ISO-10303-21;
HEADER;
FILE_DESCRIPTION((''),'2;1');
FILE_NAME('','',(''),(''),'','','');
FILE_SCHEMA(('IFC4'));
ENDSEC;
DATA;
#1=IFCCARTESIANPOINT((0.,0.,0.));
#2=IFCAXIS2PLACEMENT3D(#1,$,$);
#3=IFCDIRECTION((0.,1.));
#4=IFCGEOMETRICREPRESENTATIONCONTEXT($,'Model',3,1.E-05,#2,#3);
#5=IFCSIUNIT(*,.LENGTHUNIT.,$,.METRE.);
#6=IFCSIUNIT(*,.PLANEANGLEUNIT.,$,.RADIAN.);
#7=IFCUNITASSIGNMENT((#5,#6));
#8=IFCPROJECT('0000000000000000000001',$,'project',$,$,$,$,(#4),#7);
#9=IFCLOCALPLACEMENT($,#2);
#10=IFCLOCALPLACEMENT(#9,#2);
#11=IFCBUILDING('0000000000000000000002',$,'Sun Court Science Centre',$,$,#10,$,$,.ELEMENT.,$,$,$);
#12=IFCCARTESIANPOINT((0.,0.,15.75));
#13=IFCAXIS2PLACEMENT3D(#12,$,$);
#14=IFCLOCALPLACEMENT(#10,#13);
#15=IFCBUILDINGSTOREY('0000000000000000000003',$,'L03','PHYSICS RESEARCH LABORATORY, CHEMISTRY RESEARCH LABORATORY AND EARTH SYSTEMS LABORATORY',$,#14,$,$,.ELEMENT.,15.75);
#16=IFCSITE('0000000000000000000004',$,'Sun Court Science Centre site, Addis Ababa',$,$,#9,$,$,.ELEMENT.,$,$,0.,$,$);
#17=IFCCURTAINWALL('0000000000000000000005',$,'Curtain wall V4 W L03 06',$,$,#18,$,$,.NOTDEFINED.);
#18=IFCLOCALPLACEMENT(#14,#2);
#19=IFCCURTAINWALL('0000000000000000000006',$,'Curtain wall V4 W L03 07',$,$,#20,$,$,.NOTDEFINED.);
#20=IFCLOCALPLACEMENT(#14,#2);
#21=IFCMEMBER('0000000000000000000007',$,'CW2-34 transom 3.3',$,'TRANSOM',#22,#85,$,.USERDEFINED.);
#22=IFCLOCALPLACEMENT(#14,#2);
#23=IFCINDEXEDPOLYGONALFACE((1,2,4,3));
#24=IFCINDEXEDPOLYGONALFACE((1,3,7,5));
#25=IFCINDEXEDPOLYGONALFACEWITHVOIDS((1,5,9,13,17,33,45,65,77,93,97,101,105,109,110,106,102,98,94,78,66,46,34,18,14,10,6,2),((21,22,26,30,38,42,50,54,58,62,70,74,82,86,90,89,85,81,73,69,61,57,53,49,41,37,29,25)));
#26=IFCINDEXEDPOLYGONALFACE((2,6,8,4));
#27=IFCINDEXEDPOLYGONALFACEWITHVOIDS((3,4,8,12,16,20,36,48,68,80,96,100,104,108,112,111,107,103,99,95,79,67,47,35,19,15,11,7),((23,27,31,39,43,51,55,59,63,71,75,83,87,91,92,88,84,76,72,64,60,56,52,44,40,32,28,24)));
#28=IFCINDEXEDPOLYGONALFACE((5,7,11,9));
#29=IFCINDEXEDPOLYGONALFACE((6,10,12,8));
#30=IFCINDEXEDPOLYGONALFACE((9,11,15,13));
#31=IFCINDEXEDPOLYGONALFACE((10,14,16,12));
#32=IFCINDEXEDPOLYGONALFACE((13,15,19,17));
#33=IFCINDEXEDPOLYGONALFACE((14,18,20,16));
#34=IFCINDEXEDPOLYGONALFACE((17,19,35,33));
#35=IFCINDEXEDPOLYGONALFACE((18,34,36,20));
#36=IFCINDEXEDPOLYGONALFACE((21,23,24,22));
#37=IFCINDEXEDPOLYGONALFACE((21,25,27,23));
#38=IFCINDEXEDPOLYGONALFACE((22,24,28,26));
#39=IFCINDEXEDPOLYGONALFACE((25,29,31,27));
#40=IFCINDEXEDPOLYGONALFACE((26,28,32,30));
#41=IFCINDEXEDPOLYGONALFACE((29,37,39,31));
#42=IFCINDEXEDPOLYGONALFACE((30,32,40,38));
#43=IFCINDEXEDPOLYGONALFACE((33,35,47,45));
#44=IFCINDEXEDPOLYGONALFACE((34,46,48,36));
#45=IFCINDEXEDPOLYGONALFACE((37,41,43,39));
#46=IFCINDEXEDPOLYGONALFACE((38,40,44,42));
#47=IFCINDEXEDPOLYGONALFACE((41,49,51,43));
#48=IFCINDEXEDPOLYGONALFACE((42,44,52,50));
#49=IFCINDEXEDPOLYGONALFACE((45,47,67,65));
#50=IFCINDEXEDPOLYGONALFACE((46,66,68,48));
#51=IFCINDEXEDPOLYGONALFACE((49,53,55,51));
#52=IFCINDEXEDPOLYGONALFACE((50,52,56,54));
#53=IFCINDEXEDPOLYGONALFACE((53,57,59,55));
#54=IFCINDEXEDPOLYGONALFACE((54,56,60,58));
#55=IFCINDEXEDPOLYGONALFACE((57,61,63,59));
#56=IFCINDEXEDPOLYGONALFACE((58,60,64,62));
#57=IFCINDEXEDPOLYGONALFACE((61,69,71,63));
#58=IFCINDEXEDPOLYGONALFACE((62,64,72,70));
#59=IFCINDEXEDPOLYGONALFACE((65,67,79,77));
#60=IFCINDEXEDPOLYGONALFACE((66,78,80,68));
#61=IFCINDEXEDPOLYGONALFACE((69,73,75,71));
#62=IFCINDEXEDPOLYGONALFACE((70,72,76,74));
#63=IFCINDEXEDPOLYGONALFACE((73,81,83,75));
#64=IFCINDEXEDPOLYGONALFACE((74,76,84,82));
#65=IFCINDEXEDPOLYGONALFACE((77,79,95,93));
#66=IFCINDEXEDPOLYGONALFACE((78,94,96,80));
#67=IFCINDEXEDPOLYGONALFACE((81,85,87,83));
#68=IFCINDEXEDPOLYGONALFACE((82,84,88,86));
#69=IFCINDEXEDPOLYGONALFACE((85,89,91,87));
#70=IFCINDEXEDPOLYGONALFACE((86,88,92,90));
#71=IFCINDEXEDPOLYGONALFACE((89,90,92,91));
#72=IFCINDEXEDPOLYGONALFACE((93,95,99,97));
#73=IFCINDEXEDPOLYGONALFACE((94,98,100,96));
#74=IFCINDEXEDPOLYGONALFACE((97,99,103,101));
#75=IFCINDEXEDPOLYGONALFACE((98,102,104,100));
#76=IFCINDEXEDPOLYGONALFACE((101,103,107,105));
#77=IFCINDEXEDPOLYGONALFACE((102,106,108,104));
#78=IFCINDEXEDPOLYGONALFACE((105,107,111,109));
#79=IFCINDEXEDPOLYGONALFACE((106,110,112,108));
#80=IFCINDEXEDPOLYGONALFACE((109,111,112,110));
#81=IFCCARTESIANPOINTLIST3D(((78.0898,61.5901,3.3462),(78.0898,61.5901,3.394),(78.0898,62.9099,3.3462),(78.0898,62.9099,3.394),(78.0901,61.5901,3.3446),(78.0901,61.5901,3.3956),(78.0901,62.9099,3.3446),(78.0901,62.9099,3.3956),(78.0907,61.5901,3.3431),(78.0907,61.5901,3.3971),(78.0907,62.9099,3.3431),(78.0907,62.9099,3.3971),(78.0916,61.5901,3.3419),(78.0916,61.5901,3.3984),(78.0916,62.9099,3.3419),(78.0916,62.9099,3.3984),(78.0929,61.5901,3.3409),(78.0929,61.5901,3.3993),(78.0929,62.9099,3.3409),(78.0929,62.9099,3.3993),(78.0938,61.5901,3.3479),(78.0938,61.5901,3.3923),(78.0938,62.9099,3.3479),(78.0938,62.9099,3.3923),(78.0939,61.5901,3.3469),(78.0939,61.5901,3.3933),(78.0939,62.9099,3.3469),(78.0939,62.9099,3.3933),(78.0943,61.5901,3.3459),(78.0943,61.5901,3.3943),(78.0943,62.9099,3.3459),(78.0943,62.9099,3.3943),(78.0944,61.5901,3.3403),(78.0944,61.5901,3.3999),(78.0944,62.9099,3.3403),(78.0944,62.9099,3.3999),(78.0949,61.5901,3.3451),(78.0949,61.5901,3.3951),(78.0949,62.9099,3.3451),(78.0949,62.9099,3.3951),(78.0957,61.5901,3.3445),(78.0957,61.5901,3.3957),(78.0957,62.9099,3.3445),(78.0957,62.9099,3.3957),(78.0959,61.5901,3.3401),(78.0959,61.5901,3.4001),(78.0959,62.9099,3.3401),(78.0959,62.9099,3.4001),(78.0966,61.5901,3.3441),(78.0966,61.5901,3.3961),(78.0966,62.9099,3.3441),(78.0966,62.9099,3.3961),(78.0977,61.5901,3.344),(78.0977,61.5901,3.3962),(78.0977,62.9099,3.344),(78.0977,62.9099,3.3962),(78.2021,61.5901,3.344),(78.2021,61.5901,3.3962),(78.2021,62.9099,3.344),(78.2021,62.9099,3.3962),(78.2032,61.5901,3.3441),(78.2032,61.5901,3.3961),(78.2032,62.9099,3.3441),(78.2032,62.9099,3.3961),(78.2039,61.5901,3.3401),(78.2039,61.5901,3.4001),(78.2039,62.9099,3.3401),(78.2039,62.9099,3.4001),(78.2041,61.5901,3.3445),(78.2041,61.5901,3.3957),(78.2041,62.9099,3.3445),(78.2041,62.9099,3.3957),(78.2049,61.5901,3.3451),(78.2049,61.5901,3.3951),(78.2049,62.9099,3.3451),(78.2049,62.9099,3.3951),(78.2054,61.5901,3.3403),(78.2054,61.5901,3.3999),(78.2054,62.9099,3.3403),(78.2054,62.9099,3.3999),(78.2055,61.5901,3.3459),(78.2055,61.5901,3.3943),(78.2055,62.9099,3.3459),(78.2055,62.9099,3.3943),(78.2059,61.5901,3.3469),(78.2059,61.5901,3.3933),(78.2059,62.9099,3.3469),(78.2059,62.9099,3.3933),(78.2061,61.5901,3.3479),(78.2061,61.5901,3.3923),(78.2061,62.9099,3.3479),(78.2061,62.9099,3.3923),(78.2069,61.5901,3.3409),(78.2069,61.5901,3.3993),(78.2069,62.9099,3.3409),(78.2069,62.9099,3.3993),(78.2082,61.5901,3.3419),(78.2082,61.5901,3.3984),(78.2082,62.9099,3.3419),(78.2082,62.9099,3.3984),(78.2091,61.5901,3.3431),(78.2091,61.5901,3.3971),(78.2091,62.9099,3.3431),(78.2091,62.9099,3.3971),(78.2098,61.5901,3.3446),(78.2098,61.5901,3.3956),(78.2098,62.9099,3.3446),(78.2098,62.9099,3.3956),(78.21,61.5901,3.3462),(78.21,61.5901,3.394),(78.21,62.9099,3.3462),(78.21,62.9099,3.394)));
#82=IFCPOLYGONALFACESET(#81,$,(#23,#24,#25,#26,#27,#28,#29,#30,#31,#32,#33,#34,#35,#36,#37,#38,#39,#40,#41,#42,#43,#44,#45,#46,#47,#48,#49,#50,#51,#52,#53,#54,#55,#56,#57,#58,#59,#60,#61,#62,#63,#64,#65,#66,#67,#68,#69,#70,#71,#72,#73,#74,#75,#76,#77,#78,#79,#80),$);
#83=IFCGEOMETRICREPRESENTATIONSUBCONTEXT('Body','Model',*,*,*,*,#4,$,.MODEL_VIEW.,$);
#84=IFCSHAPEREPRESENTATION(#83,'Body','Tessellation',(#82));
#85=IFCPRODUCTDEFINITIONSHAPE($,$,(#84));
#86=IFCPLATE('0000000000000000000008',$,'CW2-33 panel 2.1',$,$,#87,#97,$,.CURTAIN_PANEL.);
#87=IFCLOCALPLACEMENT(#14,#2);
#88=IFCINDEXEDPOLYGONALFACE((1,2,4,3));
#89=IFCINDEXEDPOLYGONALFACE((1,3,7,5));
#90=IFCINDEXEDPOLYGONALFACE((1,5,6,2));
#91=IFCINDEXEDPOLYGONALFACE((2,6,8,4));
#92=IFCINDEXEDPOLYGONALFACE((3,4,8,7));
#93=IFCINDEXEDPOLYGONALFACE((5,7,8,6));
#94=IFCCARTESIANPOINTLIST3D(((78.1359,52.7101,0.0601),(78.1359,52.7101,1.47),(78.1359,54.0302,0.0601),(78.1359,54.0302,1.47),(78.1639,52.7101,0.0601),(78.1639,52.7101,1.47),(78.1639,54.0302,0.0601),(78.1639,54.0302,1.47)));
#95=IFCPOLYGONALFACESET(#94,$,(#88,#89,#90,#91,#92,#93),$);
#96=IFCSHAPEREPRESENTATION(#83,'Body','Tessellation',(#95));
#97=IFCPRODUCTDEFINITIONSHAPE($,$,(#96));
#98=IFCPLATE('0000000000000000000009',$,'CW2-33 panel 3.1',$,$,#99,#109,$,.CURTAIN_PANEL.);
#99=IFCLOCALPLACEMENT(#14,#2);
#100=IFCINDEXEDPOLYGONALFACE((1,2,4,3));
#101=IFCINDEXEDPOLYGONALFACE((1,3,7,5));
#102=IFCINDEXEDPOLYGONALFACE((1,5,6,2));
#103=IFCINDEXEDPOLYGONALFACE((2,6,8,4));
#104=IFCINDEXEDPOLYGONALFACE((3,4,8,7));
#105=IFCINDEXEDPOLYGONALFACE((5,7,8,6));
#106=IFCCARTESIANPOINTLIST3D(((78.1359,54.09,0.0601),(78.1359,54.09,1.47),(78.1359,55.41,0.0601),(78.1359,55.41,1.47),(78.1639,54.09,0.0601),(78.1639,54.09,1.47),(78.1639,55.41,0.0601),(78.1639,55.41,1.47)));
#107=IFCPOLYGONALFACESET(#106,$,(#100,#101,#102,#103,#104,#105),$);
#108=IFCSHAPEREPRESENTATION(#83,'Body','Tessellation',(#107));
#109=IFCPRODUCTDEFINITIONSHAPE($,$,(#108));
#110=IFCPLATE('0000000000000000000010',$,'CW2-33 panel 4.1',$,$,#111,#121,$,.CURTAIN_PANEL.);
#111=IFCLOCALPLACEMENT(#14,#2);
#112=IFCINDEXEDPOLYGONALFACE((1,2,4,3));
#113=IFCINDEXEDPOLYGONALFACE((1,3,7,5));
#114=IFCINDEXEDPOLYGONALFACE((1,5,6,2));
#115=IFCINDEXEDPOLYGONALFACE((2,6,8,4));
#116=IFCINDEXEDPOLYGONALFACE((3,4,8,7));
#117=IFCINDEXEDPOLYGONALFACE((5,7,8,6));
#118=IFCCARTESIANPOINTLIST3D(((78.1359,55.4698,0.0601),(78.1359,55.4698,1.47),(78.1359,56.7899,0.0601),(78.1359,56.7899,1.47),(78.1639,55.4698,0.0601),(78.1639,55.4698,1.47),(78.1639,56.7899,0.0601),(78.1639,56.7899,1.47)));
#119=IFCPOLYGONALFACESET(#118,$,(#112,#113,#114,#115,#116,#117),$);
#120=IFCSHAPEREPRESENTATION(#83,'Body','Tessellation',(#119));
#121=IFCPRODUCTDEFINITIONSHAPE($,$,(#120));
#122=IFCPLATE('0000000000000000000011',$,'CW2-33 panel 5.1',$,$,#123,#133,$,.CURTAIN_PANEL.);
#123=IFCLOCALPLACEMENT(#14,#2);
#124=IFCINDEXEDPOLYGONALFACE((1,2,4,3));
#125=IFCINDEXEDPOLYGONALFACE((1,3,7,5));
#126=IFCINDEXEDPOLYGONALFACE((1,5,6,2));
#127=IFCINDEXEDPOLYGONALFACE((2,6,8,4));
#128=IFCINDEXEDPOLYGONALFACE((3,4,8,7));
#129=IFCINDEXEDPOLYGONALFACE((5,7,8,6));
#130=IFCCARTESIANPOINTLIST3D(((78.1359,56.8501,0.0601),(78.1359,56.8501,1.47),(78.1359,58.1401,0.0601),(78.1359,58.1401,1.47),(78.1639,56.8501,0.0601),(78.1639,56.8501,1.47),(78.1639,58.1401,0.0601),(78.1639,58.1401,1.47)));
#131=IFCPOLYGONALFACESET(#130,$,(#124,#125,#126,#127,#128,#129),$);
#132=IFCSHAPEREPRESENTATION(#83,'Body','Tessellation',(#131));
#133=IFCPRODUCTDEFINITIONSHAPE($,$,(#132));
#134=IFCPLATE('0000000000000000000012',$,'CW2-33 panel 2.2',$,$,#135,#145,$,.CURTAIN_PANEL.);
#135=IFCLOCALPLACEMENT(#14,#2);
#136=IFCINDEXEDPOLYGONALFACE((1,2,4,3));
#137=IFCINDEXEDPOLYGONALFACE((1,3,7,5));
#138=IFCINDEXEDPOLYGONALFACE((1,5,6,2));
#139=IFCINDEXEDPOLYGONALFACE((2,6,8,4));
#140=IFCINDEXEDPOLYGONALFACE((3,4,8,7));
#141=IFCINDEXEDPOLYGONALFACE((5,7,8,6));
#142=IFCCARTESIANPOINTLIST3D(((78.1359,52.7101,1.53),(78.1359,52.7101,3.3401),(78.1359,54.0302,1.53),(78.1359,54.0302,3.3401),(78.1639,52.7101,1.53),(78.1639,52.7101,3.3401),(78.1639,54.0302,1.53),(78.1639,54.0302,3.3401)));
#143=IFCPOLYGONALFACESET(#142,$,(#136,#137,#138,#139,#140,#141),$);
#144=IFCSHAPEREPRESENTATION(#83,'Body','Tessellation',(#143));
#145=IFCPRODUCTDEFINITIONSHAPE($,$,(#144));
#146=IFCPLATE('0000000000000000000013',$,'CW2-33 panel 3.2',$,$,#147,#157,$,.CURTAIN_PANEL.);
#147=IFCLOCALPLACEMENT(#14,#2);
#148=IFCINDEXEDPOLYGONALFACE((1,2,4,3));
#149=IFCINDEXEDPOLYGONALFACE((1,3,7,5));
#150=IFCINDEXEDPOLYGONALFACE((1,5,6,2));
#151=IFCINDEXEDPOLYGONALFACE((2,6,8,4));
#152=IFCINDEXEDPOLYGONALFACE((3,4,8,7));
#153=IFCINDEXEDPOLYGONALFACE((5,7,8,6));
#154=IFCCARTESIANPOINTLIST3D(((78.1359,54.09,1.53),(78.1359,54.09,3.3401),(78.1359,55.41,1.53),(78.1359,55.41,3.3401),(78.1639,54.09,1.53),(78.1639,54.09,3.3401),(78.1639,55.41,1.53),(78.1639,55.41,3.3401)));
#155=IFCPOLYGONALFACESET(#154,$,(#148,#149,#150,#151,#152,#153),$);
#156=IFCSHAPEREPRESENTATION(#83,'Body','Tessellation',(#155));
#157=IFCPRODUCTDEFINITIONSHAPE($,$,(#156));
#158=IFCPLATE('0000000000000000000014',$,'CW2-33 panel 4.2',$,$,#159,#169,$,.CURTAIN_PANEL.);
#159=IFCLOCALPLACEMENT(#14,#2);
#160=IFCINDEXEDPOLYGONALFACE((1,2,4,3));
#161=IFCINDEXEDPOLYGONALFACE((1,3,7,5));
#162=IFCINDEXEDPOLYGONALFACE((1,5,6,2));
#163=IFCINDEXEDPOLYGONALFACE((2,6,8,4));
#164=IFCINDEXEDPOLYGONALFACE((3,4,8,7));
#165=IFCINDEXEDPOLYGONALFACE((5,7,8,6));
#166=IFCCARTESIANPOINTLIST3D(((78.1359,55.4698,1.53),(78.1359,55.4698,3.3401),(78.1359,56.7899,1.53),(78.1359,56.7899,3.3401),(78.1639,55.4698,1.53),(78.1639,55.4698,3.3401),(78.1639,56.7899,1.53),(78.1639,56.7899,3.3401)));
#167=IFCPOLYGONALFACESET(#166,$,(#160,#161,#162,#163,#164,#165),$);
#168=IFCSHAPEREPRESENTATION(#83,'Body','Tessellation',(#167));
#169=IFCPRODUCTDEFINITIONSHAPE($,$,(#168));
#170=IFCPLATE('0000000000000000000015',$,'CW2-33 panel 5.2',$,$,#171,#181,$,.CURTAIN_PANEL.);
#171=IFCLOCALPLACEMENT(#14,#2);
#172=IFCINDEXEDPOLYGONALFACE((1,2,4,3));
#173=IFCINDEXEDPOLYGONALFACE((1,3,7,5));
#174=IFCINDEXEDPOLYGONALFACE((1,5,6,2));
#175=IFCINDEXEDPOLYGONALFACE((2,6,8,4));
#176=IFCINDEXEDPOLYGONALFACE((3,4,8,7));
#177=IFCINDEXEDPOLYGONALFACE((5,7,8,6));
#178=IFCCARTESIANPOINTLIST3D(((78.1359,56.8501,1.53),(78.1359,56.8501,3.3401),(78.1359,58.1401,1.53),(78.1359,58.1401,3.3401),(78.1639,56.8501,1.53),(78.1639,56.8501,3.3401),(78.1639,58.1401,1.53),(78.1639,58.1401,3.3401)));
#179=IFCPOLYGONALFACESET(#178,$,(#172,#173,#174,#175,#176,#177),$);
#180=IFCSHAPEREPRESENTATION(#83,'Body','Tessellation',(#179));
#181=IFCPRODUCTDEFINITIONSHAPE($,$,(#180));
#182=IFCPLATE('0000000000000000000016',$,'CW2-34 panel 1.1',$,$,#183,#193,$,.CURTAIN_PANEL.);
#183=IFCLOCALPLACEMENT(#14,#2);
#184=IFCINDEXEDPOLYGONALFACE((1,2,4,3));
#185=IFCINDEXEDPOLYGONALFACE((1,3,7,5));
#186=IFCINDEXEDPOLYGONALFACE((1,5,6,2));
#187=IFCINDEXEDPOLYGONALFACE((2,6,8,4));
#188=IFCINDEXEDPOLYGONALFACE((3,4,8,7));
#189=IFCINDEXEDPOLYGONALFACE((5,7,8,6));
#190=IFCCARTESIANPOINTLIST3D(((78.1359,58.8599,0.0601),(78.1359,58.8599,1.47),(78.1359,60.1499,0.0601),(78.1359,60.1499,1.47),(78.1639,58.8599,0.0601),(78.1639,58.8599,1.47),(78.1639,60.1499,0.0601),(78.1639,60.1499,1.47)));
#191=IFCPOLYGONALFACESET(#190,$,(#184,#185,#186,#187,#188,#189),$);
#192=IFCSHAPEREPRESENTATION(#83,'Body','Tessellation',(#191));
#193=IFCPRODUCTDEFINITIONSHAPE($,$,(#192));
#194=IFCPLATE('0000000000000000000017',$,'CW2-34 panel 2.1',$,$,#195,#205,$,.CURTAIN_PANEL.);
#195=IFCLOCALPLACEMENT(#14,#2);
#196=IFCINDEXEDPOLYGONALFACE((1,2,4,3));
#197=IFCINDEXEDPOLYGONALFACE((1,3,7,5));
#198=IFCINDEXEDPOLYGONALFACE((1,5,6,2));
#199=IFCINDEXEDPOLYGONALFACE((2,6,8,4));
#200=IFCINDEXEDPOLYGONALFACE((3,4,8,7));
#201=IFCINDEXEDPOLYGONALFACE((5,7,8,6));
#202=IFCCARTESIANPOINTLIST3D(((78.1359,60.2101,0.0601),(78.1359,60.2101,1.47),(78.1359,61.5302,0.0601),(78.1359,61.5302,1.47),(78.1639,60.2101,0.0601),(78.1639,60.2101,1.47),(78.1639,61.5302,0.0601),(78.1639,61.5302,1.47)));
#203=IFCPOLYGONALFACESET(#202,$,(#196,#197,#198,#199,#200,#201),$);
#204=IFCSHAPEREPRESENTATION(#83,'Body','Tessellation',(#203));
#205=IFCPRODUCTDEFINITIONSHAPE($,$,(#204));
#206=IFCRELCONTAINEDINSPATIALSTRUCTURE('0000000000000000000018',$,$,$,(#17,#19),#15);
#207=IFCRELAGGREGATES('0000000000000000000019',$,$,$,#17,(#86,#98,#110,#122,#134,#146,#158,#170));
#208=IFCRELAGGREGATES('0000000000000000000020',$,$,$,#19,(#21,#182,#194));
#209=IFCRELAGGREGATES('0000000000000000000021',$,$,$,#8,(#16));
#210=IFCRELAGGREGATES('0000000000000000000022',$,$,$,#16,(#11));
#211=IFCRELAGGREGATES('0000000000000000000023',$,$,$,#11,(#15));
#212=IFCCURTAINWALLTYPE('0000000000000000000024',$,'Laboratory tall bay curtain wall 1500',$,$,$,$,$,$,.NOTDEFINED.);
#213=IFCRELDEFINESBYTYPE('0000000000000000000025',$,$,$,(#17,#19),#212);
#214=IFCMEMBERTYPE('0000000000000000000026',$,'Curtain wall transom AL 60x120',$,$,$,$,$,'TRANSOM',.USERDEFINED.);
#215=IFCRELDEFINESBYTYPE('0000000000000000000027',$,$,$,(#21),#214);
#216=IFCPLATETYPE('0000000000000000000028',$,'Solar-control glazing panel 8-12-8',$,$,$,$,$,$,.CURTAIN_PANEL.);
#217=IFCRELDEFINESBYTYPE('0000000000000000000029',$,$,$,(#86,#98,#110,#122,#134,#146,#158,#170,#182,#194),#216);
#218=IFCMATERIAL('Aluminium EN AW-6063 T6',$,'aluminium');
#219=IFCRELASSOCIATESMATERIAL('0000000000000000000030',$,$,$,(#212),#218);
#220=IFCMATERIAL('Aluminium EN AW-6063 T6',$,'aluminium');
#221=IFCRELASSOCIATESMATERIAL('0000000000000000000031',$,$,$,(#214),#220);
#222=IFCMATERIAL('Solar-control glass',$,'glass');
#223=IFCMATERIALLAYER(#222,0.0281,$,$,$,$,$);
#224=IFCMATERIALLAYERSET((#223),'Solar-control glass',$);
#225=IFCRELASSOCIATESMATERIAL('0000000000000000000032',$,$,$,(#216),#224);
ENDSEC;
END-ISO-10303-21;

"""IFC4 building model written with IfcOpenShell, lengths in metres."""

from ifc_helpers import new_model, si_unit, direction, frame, origin, origin_2d, place, context, subcontext, project, spatial, rectangle, hollow_rectangle, extrude, material, layer, layer_set, material_profile, profile_set, type_object, element, aggregate, save


model = new_model("IFC4")

# Units and contexts
model_context = context("Model", 3, precision=1e-05, world=origin(), true_north=direction((0.0, 1.0)))
body_context = subcontext(model_context, "Body", "Model", "MODEL_VIEW")
ifc_project = project(units=[si_unit("LENGTHUNIT", "METRE"), si_unit("PLANEANGLEUNIT", "RADIAN")], contexts=[model_context])

# Site, building, storey
site_placement = place(None, origin())
site = spatial("IfcSite", under=ifc_project, at=site_placement, Name="Sun Court Science Centre site, Addis Ababa", CompositionType="ELEMENT", RefElevation=0.0)
building_placement = place(site_placement, origin())
building = spatial("IfcBuilding", under=site, at=building_placement, Name="Sun Court Science Centre", CompositionType="ELEMENT")
storey_placement = place(building_placement, frame((0.0, 0.0, 15.75)))
storey = spatial("IfcBuildingStorey", under=building, at=storey_placement, Name="L03", Description="PHYSICS RESEARCH LABORATORY, CHEMISTRY RESEARCH LABORATORY AND EARTH SYSTEMS LABORATORY", CompositionType="ELEMENT", Elevation=15.75)

# Curtain walls
ifc_material_1 = material(Name="Aluminium EN AW-6063 T6", Category="aluminium")
curtain_wall_type = type_object("IfcCurtainWallType", Name="Laboratory tall bay curtain wall 1500", PredefinedType="NOTDEFINED", material=ifc_material_1)
curtain_wall_1_placement = place(storey_placement, origin())
curtain_wall_1 = element("IfcCurtainWall", 1, at=curtain_wall_1_placement, inside=storey, type_object=curtain_wall_type, Name="Curtain wall V4 W L03 06", PredefinedType="NOTDEFINED")
curtain_wall_2_placement = place(storey_placement, origin())
curtain_wall_2 = element("IfcCurtainWall", 2, at=curtain_wall_2_placement, inside=storey, type_object=curtain_wall_type, Name="Curtain wall V4 W L03 07", PredefinedType="NOTDEFINED")

# Member
ifc_material_2 = material(Name="Aluminium EN AW-6063 T6", Category="aluminium")
ifc_material_profile_1 = material_profile(ifc_material_2, hollow_rectangle(XDim=0.0601, YDim=0.1201, WallThickness=0.0039, InnerFilletRadius=0.0039, OuterFilletRadius=0.0061, at=origin_2d()), Name="AL 60x120x4")
ifc_profile_set_1 = profile_set([ifc_material_profile_1], Name="Aluminium EN AW-6063 T6")
member_type_1 = type_object("IfcMemberType", Name="Curtain wall transom AL 60x120", ElementType="TRANSOM", PredefinedType="USERDEFINED", material=ifc_profile_set_1)
member_1_placement = place(storey_placement, frame((78.1499, 61.5901, 3.3701), z_axis=(0.0, 1.0, 0.0), x_axis=(0.0, 0.0, 1.0)))
member_1 = element("IfcMember", 3, at=member_1_placement, type_object=member_type_1, Name="CW2-34 transom 3.3", ObjectType="TRANSOM", PredefinedType="USERDEFINED", context=body_context, shape_type="SweptSolid", body=[
    extrude(hollow_rectangle(XDim=0.0601, YDim=0.1201, WallThickness=0.0039, InnerFilletRadius=0.0039, OuterFilletRadius=0.0061, at=origin_2d()), origin(), (0.0, 0.0, 1.0), 1.3198),
])

# Plates
ifc_material_3 = material(Name="Solar-control glass", Category="glass")
ifc_layer = layer(ifc_material_3, 0.0281)
ifc_layer_set = layer_set([ifc_layer], Name="Solar-control glass")
plate_type = type_object("IfcPlateType", Name="Solar-control glazing panel 8-12-8", PredefinedType="CURTAIN_PANEL", material=ifc_layer_set)
plate_1_placement = place(storey_placement, frame((78.1499, 53.3701, 0.0601), z_axis=(0.0, 0.0, 1.0), x_axis=(0.0, 1.0, 0.0)))
plate_1 = element("IfcPlate", 4, at=plate_1_placement, type_object=plate_type, Name="CW2-33 panel 2.1", PredefinedType="CURTAIN_PANEL", context=body_context, shape_type="SweptSolid", body=[
    extrude(rectangle(XDim=1.3201, YDim=0.0281, at=origin_2d()), origin(), (0.0, 0.0, 1.0), 1.4099),
])
plate_2_placement = place(storey_placement, frame((78.1499, 54.75, 0.0601), z_axis=(0.0, 0.0, 1.0), x_axis=(0.0, 1.0, 0.0)))
plate_2 = element("IfcPlate", 5, at=plate_2_placement, type_object=plate_type, Name="CW2-33 panel 3.1", PredefinedType="CURTAIN_PANEL", context=body_context, shape_type="SweptSolid", body=[
    extrude(rectangle(XDim=1.3201, YDim=0.0281, at=origin_2d()), origin(), (0.0, 0.0, 1.0), 1.4099),
])
plate_3_placement = place(storey_placement, frame((78.1499, 56.1299, 0.0601), z_axis=(0.0, 0.0, 1.0), x_axis=(0.0, 1.0, 0.0)))
plate_3 = element("IfcPlate", 6, at=plate_3_placement, type_object=plate_type, Name="CW2-33 panel 4.1", PredefinedType="CURTAIN_PANEL", context=body_context, shape_type="SweptSolid", body=[
    extrude(rectangle(XDim=1.3201, YDim=0.0281, at=origin_2d()), origin(), (0.0, 0.0, 1.0), 1.4099),
])
plate_4_placement = place(storey_placement, frame((78.1499, 57.4951, 0.0601), z_axis=(0.0, 0.0, 1.0), x_axis=(0.0, 1.0, 0.0)))
plate_4 = element("IfcPlate", 7, at=plate_4_placement, type_object=plate_type, Name="CW2-33 panel 5.1", PredefinedType="CURTAIN_PANEL", context=body_context, shape_type="SweptSolid", body=[
    extrude(rectangle(XDim=1.29, YDim=0.0281, at=origin_2d()), origin(), (0.0, 0.0, 1.0), 1.4099),
])
plate_5_placement = place(storey_placement, frame((78.1499, 53.3701, 1.53), z_axis=(0.0, 0.0, 1.0), x_axis=(0.0, 1.0, 0.0)))
plate_5 = element("IfcPlate", 8, at=plate_5_placement, type_object=plate_type, Name="CW2-33 panel 2.2", PredefinedType="CURTAIN_PANEL", context=body_context, shape_type="SweptSolid", body=[
    extrude(rectangle(XDim=1.3201, YDim=0.0281, at=origin_2d()), origin(), (0.0, 0.0, 1.0), 1.8101),
])
plate_6_placement = place(storey_placement, frame((78.1499, 54.75, 1.53), z_axis=(0.0, 0.0, 1.0), x_axis=(0.0, 1.0, 0.0)))
plate_6 = element("IfcPlate", 9, at=plate_6_placement, type_object=plate_type, Name="CW2-33 panel 3.2", PredefinedType="CURTAIN_PANEL", context=body_context, shape_type="SweptSolid", body=[
    extrude(rectangle(XDim=1.3201, YDim=0.0281, at=origin_2d()), origin(), (0.0, 0.0, 1.0), 1.8101),
])
plate_7_placement = place(storey_placement, frame((78.1499, 56.1299, 1.53), z_axis=(0.0, 0.0, 1.0), x_axis=(0.0, 1.0, 0.0)))
plate_7 = element("IfcPlate", 10, at=plate_7_placement, type_object=plate_type, Name="CW2-33 panel 4.2", PredefinedType="CURTAIN_PANEL", context=body_context, shape_type="SweptSolid", body=[
    extrude(rectangle(XDim=1.3201, YDim=0.0281, at=origin_2d()), origin(), (0.0, 0.0, 1.0), 1.8101),
])
plate_8_placement = place(storey_placement, frame((78.1499, 57.4951, 1.53), z_axis=(0.0, 0.0, 1.0), x_axis=(0.0, 1.0, 0.0)))
plate_8 = element("IfcPlate", 11, at=plate_8_placement, type_object=plate_type, Name="CW2-33 panel 5.2", PredefinedType="CURTAIN_PANEL", context=body_context, shape_type="SweptSolid", body=[
    extrude(rectangle(XDim=1.29, YDim=0.0281, at=origin_2d()), origin(), (0.0, 0.0, 1.0), 1.8101),
])
aggregate(curtain_wall_1, [plate_1, plate_2, plate_3, plate_4, plate_5, plate_6, plate_7, plate_8])
plate_9_placement = place(storey_placement, frame((78.1499, 59.5049, 0.0601), z_axis=(0.0, 0.0, 1.0), x_axis=(0.0, 1.0, 0.0)))
plate_9 = element("IfcPlate", 12, at=plate_9_placement, type_object=plate_type, Name="CW2-34 panel 1.1", PredefinedType="CURTAIN_PANEL", context=body_context, shape_type="SweptSolid", body=[
    extrude(rectangle(XDim=1.29, YDim=0.0281, at=origin_2d()), origin(), (0.0, 0.0, 1.0), 1.4099),
])
plate_10_placement = place(storey_placement, frame((78.1499, 60.8701, 0.0601), z_axis=(0.0, 0.0, 1.0), x_axis=(0.0, 1.0, 0.0)))
plate_10 = element("IfcPlate", 13, at=plate_10_placement, type_object=plate_type, Name="CW2-34 panel 2.1", PredefinedType="CURTAIN_PANEL", context=body_context, shape_type="SweptSolid", body=[
    extrude(rectangle(XDim=1.3201, YDim=0.0281, at=origin_2d()), origin(), (0.0, 0.0, 1.0), 1.4099),
])
aggregate(curtain_wall_2, [member_1, plate_9, plate_10])

save(model, "model.ifc")
